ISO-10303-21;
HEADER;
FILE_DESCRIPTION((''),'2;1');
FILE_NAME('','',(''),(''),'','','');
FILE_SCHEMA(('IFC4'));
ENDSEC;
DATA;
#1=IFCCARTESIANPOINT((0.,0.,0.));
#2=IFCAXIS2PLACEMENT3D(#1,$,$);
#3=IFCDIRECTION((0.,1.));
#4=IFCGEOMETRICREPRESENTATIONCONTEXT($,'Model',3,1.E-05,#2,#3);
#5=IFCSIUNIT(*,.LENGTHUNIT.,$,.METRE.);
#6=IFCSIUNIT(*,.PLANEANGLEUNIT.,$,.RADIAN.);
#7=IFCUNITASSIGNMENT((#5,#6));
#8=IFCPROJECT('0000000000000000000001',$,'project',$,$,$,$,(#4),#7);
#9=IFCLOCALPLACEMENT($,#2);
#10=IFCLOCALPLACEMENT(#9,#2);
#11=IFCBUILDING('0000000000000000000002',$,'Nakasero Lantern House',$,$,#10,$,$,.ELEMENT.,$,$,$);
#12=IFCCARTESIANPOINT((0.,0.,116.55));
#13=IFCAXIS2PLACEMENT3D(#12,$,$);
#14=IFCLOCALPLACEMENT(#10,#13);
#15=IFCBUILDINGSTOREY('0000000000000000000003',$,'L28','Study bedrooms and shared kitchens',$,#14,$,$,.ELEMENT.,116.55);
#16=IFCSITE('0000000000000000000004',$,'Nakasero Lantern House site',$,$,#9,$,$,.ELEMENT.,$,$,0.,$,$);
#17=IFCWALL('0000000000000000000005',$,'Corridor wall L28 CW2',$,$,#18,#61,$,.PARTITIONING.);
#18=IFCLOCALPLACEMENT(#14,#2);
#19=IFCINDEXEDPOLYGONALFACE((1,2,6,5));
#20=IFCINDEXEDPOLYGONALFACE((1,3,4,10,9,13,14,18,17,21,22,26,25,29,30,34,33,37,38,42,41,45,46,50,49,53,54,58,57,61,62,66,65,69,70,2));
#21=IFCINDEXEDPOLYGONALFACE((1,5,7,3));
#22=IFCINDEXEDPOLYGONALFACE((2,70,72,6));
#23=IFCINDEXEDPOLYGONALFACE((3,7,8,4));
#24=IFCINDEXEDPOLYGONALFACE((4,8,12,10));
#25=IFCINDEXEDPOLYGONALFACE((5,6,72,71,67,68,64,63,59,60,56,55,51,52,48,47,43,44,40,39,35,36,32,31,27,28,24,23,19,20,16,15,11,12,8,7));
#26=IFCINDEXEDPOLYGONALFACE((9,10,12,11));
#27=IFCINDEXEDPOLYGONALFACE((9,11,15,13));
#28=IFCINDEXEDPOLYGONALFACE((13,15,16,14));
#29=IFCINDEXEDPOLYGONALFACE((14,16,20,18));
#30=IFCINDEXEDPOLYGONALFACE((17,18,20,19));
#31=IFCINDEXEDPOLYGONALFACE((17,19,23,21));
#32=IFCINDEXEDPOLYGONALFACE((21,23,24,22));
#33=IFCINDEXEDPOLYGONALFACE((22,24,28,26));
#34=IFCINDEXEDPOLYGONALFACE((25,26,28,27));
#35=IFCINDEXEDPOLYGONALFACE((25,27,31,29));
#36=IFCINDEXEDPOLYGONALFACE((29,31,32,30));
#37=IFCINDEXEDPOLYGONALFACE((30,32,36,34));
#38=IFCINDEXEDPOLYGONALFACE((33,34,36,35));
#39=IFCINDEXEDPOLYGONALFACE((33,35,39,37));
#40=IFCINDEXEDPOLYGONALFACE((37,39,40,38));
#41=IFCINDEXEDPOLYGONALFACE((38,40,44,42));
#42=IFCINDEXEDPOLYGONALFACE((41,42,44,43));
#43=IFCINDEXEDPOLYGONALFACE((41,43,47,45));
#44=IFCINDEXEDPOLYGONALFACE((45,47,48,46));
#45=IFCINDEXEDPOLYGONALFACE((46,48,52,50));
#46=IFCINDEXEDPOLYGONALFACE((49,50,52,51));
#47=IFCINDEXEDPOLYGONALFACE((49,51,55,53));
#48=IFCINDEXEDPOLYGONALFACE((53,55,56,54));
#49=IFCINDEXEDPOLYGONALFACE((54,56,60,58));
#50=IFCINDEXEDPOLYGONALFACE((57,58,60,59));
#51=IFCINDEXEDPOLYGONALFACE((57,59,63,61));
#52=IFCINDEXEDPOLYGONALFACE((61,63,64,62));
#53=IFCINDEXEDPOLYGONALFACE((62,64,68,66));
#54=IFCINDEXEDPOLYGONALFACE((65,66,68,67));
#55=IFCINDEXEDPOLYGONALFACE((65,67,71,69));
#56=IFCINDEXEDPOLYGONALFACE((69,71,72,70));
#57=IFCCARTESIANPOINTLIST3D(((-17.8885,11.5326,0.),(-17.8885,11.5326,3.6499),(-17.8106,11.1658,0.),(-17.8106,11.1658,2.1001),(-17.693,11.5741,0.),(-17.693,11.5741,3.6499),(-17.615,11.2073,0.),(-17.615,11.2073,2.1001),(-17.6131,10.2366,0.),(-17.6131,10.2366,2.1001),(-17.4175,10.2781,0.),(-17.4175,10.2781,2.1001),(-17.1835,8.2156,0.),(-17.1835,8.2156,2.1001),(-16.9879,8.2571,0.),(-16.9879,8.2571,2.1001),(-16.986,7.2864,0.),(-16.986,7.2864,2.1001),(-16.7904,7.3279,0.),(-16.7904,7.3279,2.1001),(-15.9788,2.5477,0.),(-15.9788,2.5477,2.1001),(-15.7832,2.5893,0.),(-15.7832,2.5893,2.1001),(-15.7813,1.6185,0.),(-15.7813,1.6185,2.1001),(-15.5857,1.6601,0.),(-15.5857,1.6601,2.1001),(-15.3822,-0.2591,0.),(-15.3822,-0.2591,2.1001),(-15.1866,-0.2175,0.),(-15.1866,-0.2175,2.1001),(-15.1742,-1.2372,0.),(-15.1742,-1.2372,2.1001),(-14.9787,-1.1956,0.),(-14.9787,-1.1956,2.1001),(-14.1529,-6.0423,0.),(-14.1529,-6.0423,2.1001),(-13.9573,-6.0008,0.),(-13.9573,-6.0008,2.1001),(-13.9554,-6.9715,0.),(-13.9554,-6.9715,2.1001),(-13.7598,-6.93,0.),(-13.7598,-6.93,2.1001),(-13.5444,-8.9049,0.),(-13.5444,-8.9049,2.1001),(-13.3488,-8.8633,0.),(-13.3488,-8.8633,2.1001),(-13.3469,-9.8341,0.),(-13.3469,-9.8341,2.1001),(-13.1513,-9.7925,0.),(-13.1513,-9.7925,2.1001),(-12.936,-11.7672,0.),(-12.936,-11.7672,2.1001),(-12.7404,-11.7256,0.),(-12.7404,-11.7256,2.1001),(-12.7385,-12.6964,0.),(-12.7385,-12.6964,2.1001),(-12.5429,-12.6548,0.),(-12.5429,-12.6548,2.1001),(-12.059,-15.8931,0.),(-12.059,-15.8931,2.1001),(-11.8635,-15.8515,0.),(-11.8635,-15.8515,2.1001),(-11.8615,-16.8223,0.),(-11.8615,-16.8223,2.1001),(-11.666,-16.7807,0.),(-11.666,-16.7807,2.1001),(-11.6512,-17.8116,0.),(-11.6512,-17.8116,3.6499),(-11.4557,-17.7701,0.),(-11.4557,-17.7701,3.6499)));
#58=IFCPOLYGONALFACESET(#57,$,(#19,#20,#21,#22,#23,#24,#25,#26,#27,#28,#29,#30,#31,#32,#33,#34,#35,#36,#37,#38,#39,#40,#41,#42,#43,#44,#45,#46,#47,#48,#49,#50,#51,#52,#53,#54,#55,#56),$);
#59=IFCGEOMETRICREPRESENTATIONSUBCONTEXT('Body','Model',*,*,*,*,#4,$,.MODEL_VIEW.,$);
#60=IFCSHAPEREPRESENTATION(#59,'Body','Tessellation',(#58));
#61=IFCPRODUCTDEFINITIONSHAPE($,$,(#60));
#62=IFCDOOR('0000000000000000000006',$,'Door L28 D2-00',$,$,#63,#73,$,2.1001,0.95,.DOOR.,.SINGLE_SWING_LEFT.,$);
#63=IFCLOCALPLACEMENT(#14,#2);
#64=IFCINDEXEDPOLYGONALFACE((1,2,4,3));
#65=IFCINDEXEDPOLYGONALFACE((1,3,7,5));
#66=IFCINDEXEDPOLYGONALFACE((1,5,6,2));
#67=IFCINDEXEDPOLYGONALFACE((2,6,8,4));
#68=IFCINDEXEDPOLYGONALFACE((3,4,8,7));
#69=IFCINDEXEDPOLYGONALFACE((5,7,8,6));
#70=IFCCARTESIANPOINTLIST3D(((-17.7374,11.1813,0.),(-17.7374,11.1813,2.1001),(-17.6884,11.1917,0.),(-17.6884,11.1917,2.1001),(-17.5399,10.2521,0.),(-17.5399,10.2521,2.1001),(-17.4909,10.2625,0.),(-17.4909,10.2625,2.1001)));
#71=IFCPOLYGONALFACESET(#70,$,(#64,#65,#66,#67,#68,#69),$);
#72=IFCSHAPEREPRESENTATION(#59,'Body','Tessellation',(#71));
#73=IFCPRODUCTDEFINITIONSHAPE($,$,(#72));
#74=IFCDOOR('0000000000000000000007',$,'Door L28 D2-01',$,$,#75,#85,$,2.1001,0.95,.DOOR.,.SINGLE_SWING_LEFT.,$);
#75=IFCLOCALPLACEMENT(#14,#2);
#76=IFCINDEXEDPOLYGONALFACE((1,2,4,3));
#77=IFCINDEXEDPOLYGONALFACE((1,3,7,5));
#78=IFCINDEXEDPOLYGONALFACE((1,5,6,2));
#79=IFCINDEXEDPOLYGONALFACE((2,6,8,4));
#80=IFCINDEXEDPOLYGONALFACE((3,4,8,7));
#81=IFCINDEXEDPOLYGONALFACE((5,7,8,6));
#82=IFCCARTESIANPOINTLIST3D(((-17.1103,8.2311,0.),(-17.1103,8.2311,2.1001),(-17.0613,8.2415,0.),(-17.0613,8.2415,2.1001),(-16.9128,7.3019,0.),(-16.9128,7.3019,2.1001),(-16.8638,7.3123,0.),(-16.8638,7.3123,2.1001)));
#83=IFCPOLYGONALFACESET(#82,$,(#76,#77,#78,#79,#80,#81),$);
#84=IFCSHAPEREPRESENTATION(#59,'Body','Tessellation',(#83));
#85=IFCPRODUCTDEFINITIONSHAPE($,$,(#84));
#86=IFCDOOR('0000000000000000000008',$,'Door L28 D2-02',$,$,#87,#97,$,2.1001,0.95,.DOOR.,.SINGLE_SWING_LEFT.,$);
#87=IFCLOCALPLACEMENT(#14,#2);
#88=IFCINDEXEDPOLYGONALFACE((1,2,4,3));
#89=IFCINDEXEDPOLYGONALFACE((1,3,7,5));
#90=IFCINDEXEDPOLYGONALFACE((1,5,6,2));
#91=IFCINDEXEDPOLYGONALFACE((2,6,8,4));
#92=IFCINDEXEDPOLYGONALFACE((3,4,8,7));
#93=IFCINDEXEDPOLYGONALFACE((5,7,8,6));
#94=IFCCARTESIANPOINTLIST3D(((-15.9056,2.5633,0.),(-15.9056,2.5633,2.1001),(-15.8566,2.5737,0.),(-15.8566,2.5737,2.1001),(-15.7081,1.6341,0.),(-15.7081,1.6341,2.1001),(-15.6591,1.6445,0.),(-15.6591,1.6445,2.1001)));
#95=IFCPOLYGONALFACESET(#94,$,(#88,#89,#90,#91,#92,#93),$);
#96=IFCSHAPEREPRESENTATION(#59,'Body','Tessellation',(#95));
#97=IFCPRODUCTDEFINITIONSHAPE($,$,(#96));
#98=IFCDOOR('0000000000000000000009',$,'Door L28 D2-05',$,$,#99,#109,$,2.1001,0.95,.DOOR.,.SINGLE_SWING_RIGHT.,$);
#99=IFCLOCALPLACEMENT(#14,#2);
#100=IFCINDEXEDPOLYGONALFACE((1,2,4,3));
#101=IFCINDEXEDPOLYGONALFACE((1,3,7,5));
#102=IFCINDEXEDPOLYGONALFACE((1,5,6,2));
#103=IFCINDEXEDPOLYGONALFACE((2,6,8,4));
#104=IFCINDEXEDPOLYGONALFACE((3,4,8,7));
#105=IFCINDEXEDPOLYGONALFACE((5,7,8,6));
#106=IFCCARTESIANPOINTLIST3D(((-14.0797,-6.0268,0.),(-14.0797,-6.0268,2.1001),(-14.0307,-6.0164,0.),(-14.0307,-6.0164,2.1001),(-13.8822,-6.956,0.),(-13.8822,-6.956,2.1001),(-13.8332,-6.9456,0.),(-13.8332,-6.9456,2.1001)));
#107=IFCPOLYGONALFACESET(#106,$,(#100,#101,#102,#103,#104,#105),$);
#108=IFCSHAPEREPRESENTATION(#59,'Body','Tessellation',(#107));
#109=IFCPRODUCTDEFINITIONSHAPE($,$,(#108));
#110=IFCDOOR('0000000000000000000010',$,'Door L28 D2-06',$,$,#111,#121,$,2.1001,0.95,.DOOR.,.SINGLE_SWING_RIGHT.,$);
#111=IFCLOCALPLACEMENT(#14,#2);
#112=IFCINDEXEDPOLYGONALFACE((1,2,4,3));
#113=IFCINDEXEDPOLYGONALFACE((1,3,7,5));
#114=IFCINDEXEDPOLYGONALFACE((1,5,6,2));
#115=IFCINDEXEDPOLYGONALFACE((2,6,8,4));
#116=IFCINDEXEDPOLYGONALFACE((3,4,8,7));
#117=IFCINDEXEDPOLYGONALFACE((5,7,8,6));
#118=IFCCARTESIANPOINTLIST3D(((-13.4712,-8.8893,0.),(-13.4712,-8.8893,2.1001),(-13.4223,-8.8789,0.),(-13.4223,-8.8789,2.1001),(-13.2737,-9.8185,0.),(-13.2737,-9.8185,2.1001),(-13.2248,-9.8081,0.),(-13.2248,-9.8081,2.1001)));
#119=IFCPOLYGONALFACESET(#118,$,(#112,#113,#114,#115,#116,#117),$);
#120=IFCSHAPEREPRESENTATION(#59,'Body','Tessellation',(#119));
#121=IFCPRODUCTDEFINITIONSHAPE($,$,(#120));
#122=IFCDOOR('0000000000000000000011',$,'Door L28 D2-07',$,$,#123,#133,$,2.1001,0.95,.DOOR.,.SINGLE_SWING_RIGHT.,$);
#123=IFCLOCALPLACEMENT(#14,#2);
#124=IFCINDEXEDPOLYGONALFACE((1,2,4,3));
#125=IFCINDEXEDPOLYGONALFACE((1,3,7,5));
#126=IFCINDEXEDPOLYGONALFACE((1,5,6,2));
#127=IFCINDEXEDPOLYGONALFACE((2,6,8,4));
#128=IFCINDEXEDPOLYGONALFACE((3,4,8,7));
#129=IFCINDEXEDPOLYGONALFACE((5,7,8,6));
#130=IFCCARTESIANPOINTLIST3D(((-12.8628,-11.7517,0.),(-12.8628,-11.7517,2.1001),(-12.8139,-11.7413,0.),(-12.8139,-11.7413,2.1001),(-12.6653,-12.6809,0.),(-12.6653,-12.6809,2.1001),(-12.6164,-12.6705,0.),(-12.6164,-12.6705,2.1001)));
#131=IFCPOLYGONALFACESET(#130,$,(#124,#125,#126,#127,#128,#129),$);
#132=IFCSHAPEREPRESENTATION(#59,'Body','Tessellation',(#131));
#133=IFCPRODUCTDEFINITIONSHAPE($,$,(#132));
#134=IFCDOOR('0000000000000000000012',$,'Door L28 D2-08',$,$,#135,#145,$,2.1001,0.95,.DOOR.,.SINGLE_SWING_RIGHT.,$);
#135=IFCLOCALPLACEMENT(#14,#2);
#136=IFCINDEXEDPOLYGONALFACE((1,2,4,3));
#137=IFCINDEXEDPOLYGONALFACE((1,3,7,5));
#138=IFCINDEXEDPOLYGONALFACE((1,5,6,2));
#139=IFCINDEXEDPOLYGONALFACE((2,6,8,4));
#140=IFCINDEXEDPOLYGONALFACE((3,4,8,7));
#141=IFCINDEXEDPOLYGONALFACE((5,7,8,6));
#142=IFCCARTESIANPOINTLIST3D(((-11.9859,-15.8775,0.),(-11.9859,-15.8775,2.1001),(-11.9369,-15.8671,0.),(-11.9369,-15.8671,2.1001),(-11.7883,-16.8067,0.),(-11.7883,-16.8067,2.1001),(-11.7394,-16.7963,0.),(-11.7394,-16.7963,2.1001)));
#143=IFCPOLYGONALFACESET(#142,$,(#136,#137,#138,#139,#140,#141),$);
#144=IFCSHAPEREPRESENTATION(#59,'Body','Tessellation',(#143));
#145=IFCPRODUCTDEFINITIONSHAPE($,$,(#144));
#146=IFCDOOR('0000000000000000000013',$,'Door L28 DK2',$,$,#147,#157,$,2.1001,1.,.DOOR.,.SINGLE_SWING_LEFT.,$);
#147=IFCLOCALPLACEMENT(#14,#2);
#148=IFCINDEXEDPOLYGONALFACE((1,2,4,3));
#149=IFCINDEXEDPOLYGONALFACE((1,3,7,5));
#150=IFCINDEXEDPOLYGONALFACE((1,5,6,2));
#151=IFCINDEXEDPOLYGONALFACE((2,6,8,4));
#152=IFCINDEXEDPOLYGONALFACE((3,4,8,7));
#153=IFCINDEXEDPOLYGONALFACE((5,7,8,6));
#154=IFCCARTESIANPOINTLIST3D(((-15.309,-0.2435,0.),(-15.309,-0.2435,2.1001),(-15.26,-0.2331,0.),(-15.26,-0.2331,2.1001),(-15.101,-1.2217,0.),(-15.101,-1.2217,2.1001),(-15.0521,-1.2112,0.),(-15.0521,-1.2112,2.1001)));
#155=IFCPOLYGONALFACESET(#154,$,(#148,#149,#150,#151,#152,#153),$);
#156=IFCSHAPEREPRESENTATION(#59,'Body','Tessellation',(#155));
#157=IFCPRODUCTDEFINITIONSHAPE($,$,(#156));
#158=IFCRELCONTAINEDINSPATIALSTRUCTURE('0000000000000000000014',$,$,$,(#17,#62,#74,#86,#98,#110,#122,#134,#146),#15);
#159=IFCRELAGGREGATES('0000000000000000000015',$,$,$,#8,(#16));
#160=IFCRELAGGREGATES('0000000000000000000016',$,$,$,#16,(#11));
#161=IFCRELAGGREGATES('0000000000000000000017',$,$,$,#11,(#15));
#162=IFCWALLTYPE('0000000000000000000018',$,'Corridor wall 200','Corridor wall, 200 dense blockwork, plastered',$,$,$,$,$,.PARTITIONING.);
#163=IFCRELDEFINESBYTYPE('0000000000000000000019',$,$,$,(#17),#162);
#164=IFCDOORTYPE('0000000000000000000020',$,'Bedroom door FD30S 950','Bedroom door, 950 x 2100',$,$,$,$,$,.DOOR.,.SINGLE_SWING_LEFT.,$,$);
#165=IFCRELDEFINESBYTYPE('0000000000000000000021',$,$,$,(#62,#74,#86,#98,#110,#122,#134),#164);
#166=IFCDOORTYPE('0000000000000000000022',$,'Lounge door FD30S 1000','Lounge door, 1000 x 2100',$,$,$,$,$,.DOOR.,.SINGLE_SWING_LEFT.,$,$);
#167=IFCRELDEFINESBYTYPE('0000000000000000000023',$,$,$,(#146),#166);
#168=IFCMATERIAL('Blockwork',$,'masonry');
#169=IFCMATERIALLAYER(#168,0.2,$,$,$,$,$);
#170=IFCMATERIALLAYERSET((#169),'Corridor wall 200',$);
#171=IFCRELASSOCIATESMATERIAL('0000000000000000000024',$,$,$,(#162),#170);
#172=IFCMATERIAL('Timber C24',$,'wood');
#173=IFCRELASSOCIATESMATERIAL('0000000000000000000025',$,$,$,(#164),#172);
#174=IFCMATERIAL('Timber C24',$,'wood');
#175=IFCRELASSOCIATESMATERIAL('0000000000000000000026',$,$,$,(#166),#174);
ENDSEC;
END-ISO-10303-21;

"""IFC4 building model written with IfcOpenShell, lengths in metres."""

from ifc_helpers import new_model, si_unit, direction, frame, frame_2d, origin, place, context, subcontext, project, spatial, rectangle, extrude, material, layer, layer_set, type_object, element, fill, save


model = new_model("IFC4")

# Units and contexts
model_context = context("Model", 3, precision=1e-05, world=origin(), true_north=direction((0.0, 1.0)))
body_context = subcontext(model_context, "Body", "Model", "MODEL_VIEW")
ifc_project = project(units=[si_unit("LENGTHUNIT", "METRE"), si_unit("PLANEANGLEUNIT", "RADIAN")], contexts=[model_context])

# Site, building, storey
site_placement = place(None, origin())
site = spatial("IfcSite", under=ifc_project, at=site_placement, Name="Nakasero Lantern House site", CompositionType="ELEMENT", RefElevation=0.0)
building_placement = place(site_placement, origin())
building = spatial("IfcBuilding", under=site, at=building_placement, Name="Nakasero Lantern House", CompositionType="ELEMENT")
storey_placement = place(building_placement, frame((0.0, 0.0, 116.55)))
storey = spatial("IfcBuildingStorey", under=building, at=storey_placement, Name="L28", Description="Study bedrooms and shared kitchens", CompositionType="ELEMENT", Elevation=116.55)

# Wall, openings, doors
ifc_material_1 = material(Name="Blockwork", Category="masonry")
ifc_layer_1 = layer(ifc_material_1, 0.2)
ifc_layer_set_1 = layer_set([ifc_layer_1], Name="Corridor wall 200")
wall_type_1 = type_object("IfcWallType", Name="Corridor wall 200", Description="Corridor wall, 200 dense blockwork, plastered", PredefinedType="PARTITIONING", material=ifc_layer_set_1)
wall_1_placement = place(storey_placement, frame((-17.7908, 11.5535, 0.0), z_axis=(0.0, 0.0, 1.0), x_axis=(0.207912, -0.978148, 0.0)))
wall_1 = element("IfcWall", 1, at=wall_1_placement, inside=storey, type_object=wall_type_1, Name="Corridor wall L28 CW2", PredefinedType="PARTITIONING", context=body_context, shape_type="SweptSolid", body=[
    extrude(rectangle(XDim=29.9998, YDim=0.2, at=frame_2d((15.0, 0.0))), origin(), (0.0, 0.0, 1.0), 3.6499),
])
opening_1_placement = place(wall_1_placement, frame((0.375, 0.0, 0.0)))
opening_1 = element("IfcOpeningElement", 2, at=opening_1_placement, cuts=wall_1, PredefinedType="OPENING", context=body_context, shape_type="SweptSolid", body=[
    extrude(rectangle(XDim=0.95, YDim=2.1001, at=frame_2d((0.4751, 1.05))), frame((0.0, 0.1199, 0.0), z_axis=(0.0, -1.0, 0.0), x_axis=(1.0, 0.0, 0.0)), (0.0, 0.0, 1.0), 0.24),
])
opening_2_placement = place(wall_1_placement, frame((3.3911, 0.0, 0.0)))
opening_2 = element("IfcOpeningElement", 3, at=opening_2_placement, cuts=wall_1, PredefinedType="OPENING", context=body_context, shape_type="SweptSolid", body=[
    extrude(rectangle(XDim=0.95, YDim=2.1001, at=frame_2d((0.4751, 1.05))), frame((0.0, 0.1199, 0.0), z_axis=(0.0, -1.0, 0.0), x_axis=(1.0, 0.0, 0.0)), (0.0, 0.0, 1.0), 0.24),
])
opening_3_placement = place(wall_1_placement, frame((9.1855, 0.0, 0.0)))
opening_3 = element("IfcOpeningElement", 4, at=opening_3_placement, cuts=wall_1, PredefinedType="OPENING", context=body_context, shape_type="SweptSolid", body=[
    extrude(rectangle(XDim=0.95, YDim=2.1001, at=frame_2d((0.4751, 1.05))), frame((0.0, 0.1199, 0.0), z_axis=(0.0, -1.0, 0.0), x_axis=(1.0, 0.0, 0.0)), (0.0, 0.0, 1.0), 0.24),
])
opening_4_placement = place(wall_1_placement, frame((17.9675, 0.0, 0.0)))
opening_4 = element("IfcOpeningElement", 5, at=opening_4_placement, cuts=wall_1, PredefinedType="OPENING", context=body_context, shape_type="SweptSolid", body=[
    extrude(rectangle(XDim=0.95, YDim=2.1001, at=frame_2d((0.4751, 1.05))), frame((0.0, 0.1199, 0.0), z_axis=(0.0, -1.0, 0.0), x_axis=(1.0, 0.0, 0.0)), (0.0, 0.0, 1.0), 0.24),
])
opening_5_placement = place(wall_1_placement, frame((20.894, 0.0, 0.0)))
opening_5 = element("IfcOpeningElement", 6, at=opening_5_placement, cuts=wall_1, PredefinedType="OPENING", context=body_context, shape_type="SweptSolid", body=[
    extrude(rectangle(XDim=0.95, YDim=2.1001, at=frame_2d((0.4751, 1.05))), frame((0.0, 0.1199, 0.0), z_axis=(0.0, -1.0, 0.0), x_axis=(1.0, 0.0, 0.0)), (0.0, 0.0, 1.0), 0.24),
])
opening_6_placement = place(wall_1_placement, frame((23.8203, 0.0, 0.0)))
opening_6 = element("IfcOpeningElement", 7, at=opening_6_placement, cuts=wall_1, PredefinedType="OPENING", context=body_context, shape_type="SweptSolid", body=[
    extrude(rectangle(XDim=0.95, YDim=2.1001, at=frame_2d((0.4751, 1.05))), frame((0.0, 0.1199, 0.0), z_axis=(0.0, -1.0, 0.0), x_axis=(1.0, 0.0, 0.0)), (0.0, 0.0, 1.0), 0.24),
])
opening_7_placement = place(wall_1_placement, frame((28.0383, 0.0, 0.0)))
opening_7 = element("IfcOpeningElement", 8, at=opening_7_placement, cuts=wall_1, PredefinedType="OPENING", context=body_context, shape_type="SweptSolid", body=[
    extrude(rectangle(XDim=0.95, YDim=2.1001, at=frame_2d((0.4751, 1.05))), frame((0.0, 0.1199, 0.0), z_axis=(0.0, -1.0, 0.0), x_axis=(1.0, 0.0, 0.0)), (0.0, 0.0, 1.0), 0.24),
])
opening_8_placement = place(wall_1_placement, frame((12.0552, 0.0, 0.0)))
opening_8 = element("IfcOpeningElement", 9, at=opening_8_placement, cuts=wall_1, PredefinedType="OPENING", context=body_context, shape_type="SweptSolid", body=[
    extrude(rectangle(XDim=1.0, YDim=2.1001, at=frame_2d((0.5, 1.05))), frame((0.0, 0.1199, 0.0), z_axis=(0.0, -1.0, 0.0), x_axis=(1.0, 0.0, 0.0)), (0.0, 0.0, 1.0), 0.24),
])
ifc_material_2 = material(Name="Timber C24", Category="wood")
door_type_1 = type_object("IfcDoorType", Name="Bedroom door FD30S 950", Description="Bedroom door, 950 x 2100", OperationType="SINGLE_SWING_LEFT", PredefinedType="DOOR", material=ifc_material_2)
door_1_placement = place(opening_1_placement, origin())
door_1 = element("IfcDoor", 10, at=door_1_placement, inside=storey, type_object=door_type_1, Name="Door L28 D2-00", OperationType="SINGLE_SWING_LEFT", OverallHeight=2.1001, OverallWidth=0.95, PredefinedType="DOOR", context=body_context, shape_type="SweptSolid", body=[
    extrude(rectangle(XDim=0.95, YDim=2.1001, at=frame_2d((0.4751, 1.05))), frame((0.0, 0.0249, 0.0), z_axis=(0.0, -1.0, 0.0), x_axis=(1.0, 0.0, 0.0)), (0.0, 0.0, 1.0), 0.05),
])
fill(opening_1, door_1)
door_2_placement = place(opening_2_placement, origin())
door_2 = element("IfcDoor", 11, at=door_2_placement, inside=storey, type_object=door_type_1, Name="Door L28 D2-01", OperationType="SINGLE_SWING_LEFT", OverallHeight=2.1001, OverallWidth=0.95, PredefinedType="DOOR", context=body_context, shape_type="SweptSolid", body=[
    extrude(rectangle(XDim=0.95, YDim=2.1001, at=frame_2d((0.4751, 1.05))), frame((0.0, 0.0249, 0.0), z_axis=(0.0, -1.0, 0.0), x_axis=(1.0, 0.0, 0.0)), (0.0, 0.0, 1.0), 0.05),
])
fill(opening_2, door_2)
door_3_placement = place(opening_3_placement, origin())
door_3 = element("IfcDoor", 12, at=door_3_placement, inside=storey, type_object=door_type_1, Name="Door L28 D2-02", OperationType="SINGLE_SWING_LEFT", OverallHeight=2.1001, OverallWidth=0.95, PredefinedType="DOOR", context=body_context, shape_type="SweptSolid", body=[
    extrude(rectangle(XDim=0.95, YDim=2.1001, at=frame_2d((0.4751, 1.05))), frame((0.0, 0.0249, 0.0), z_axis=(0.0, -1.0, 0.0), x_axis=(1.0, 0.0, 0.0)), (0.0, 0.0, 1.0), 0.05),
])
fill(opening_3, door_3)
door_4_placement = place(opening_4_placement, origin())
door_4 = element("IfcDoor", 13, at=door_4_placement, inside=storey, type_object=door_type_1, Name="Door L28 D2-05", OperationType="SINGLE_SWING_RIGHT", OverallHeight=2.1001, OverallWidth=0.95, PredefinedType="DOOR", context=body_context, shape_type="SweptSolid", body=[
    extrude(rectangle(XDim=0.95, YDim=2.1001, at=frame_2d((0.4751, 1.05))), frame((0.0, 0.0249, 0.0), z_axis=(0.0, -1.0, 0.0), x_axis=(1.0, 0.0, 0.0)), (0.0, 0.0, 1.0), 0.05),
])
fill(opening_4, door_4)
door_5_placement = place(opening_5_placement, origin())
door_5 = element("IfcDoor", 14, at=door_5_placement, inside=storey, type_object=door_type_1, Name="Door L28 D2-06", OperationType="SINGLE_SWING_RIGHT", OverallHeight=2.1001, OverallWidth=0.95, PredefinedType="DOOR", context=body_context, shape_type="SweptSolid", body=[
    extrude(rectangle(XDim=0.95, YDim=2.1001, at=frame_2d((0.4751, 1.05))), frame((0.0, 0.0249, 0.0), z_axis=(0.0, -1.0, 0.0), x_axis=(1.0, 0.0, 0.0)), (0.0, 0.0, 1.0), 0.05),
])
fill(opening_5, door_5)
door_6_placement = place(opening_6_placement, origin())
door_6 = element("IfcDoor", 15, at=door_6_placement, inside=storey, type_object=door_type_1, Name="Door L28 D2-07", OperationType="SINGLE_SWING_RIGHT", OverallHeight=2.1001, OverallWidth=0.95, PredefinedType="DOOR", context=body_context, shape_type="SweptSolid", body=[
    extrude(rectangle(XDim=0.95, YDim=2.1001, at=frame_2d((0.4751, 1.05))), frame((0.0, 0.0249, 0.0), z_axis=(0.0, -1.0, 0.0), x_axis=(1.0, 0.0, 0.0)), (0.0, 0.0, 1.0), 0.05),
])
fill(opening_6, door_6)
door_7_placement = place(opening_7_placement, origin())
door_7 = element("IfcDoor", 16, at=door_7_placement, inside=storey, type_object=door_type_1, Name="Door L28 D2-08", OperationType="SINGLE_SWING_RIGHT", OverallHeight=2.1001, OverallWidth=0.95, PredefinedType="DOOR", context=body_context, shape_type="SweptSolid", body=[
    extrude(rectangle(XDim=0.95, YDim=2.1001, at=frame_2d((0.4751, 1.05))), frame((0.0, 0.0249, 0.0), z_axis=(0.0, -1.0, 0.0), x_axis=(1.0, 0.0, 0.0)), (0.0, 0.0, 1.0), 0.05),
])
fill(opening_7, door_7)
ifc_material_3 = material(Name="Timber C24", Category="wood")
door_type_2 = type_object("IfcDoorType", Name="Lounge door FD30S 1000", Description="Lounge door, 1000 x 2100", OperationType="SINGLE_SWING_LEFT", PredefinedType="DOOR", material=ifc_material_3)
door_8_placement = place(opening_8_placement, origin())
door_8 = element("IfcDoor", 17, at=door_8_placement, inside=storey, type_object=door_type_2, Name="Door L28 DK2", OperationType="SINGLE_SWING_LEFT", OverallHeight=2.1001, OverallWidth=1.0, PredefinedType="DOOR", context=body_context, shape_type="SweptSolid", body=[
    extrude(rectangle(XDim=1.0, YDim=2.1001, at=frame_2d((0.5, 1.05))), frame((0.0, 0.0249, 0.0), z_axis=(0.0, -1.0, 0.0), x_axis=(1.0, 0.0, 0.0)), (0.0, 0.0, 1.0), 0.05),
])
fill(opening_8, door_8)

save(model, "model.ifc")
